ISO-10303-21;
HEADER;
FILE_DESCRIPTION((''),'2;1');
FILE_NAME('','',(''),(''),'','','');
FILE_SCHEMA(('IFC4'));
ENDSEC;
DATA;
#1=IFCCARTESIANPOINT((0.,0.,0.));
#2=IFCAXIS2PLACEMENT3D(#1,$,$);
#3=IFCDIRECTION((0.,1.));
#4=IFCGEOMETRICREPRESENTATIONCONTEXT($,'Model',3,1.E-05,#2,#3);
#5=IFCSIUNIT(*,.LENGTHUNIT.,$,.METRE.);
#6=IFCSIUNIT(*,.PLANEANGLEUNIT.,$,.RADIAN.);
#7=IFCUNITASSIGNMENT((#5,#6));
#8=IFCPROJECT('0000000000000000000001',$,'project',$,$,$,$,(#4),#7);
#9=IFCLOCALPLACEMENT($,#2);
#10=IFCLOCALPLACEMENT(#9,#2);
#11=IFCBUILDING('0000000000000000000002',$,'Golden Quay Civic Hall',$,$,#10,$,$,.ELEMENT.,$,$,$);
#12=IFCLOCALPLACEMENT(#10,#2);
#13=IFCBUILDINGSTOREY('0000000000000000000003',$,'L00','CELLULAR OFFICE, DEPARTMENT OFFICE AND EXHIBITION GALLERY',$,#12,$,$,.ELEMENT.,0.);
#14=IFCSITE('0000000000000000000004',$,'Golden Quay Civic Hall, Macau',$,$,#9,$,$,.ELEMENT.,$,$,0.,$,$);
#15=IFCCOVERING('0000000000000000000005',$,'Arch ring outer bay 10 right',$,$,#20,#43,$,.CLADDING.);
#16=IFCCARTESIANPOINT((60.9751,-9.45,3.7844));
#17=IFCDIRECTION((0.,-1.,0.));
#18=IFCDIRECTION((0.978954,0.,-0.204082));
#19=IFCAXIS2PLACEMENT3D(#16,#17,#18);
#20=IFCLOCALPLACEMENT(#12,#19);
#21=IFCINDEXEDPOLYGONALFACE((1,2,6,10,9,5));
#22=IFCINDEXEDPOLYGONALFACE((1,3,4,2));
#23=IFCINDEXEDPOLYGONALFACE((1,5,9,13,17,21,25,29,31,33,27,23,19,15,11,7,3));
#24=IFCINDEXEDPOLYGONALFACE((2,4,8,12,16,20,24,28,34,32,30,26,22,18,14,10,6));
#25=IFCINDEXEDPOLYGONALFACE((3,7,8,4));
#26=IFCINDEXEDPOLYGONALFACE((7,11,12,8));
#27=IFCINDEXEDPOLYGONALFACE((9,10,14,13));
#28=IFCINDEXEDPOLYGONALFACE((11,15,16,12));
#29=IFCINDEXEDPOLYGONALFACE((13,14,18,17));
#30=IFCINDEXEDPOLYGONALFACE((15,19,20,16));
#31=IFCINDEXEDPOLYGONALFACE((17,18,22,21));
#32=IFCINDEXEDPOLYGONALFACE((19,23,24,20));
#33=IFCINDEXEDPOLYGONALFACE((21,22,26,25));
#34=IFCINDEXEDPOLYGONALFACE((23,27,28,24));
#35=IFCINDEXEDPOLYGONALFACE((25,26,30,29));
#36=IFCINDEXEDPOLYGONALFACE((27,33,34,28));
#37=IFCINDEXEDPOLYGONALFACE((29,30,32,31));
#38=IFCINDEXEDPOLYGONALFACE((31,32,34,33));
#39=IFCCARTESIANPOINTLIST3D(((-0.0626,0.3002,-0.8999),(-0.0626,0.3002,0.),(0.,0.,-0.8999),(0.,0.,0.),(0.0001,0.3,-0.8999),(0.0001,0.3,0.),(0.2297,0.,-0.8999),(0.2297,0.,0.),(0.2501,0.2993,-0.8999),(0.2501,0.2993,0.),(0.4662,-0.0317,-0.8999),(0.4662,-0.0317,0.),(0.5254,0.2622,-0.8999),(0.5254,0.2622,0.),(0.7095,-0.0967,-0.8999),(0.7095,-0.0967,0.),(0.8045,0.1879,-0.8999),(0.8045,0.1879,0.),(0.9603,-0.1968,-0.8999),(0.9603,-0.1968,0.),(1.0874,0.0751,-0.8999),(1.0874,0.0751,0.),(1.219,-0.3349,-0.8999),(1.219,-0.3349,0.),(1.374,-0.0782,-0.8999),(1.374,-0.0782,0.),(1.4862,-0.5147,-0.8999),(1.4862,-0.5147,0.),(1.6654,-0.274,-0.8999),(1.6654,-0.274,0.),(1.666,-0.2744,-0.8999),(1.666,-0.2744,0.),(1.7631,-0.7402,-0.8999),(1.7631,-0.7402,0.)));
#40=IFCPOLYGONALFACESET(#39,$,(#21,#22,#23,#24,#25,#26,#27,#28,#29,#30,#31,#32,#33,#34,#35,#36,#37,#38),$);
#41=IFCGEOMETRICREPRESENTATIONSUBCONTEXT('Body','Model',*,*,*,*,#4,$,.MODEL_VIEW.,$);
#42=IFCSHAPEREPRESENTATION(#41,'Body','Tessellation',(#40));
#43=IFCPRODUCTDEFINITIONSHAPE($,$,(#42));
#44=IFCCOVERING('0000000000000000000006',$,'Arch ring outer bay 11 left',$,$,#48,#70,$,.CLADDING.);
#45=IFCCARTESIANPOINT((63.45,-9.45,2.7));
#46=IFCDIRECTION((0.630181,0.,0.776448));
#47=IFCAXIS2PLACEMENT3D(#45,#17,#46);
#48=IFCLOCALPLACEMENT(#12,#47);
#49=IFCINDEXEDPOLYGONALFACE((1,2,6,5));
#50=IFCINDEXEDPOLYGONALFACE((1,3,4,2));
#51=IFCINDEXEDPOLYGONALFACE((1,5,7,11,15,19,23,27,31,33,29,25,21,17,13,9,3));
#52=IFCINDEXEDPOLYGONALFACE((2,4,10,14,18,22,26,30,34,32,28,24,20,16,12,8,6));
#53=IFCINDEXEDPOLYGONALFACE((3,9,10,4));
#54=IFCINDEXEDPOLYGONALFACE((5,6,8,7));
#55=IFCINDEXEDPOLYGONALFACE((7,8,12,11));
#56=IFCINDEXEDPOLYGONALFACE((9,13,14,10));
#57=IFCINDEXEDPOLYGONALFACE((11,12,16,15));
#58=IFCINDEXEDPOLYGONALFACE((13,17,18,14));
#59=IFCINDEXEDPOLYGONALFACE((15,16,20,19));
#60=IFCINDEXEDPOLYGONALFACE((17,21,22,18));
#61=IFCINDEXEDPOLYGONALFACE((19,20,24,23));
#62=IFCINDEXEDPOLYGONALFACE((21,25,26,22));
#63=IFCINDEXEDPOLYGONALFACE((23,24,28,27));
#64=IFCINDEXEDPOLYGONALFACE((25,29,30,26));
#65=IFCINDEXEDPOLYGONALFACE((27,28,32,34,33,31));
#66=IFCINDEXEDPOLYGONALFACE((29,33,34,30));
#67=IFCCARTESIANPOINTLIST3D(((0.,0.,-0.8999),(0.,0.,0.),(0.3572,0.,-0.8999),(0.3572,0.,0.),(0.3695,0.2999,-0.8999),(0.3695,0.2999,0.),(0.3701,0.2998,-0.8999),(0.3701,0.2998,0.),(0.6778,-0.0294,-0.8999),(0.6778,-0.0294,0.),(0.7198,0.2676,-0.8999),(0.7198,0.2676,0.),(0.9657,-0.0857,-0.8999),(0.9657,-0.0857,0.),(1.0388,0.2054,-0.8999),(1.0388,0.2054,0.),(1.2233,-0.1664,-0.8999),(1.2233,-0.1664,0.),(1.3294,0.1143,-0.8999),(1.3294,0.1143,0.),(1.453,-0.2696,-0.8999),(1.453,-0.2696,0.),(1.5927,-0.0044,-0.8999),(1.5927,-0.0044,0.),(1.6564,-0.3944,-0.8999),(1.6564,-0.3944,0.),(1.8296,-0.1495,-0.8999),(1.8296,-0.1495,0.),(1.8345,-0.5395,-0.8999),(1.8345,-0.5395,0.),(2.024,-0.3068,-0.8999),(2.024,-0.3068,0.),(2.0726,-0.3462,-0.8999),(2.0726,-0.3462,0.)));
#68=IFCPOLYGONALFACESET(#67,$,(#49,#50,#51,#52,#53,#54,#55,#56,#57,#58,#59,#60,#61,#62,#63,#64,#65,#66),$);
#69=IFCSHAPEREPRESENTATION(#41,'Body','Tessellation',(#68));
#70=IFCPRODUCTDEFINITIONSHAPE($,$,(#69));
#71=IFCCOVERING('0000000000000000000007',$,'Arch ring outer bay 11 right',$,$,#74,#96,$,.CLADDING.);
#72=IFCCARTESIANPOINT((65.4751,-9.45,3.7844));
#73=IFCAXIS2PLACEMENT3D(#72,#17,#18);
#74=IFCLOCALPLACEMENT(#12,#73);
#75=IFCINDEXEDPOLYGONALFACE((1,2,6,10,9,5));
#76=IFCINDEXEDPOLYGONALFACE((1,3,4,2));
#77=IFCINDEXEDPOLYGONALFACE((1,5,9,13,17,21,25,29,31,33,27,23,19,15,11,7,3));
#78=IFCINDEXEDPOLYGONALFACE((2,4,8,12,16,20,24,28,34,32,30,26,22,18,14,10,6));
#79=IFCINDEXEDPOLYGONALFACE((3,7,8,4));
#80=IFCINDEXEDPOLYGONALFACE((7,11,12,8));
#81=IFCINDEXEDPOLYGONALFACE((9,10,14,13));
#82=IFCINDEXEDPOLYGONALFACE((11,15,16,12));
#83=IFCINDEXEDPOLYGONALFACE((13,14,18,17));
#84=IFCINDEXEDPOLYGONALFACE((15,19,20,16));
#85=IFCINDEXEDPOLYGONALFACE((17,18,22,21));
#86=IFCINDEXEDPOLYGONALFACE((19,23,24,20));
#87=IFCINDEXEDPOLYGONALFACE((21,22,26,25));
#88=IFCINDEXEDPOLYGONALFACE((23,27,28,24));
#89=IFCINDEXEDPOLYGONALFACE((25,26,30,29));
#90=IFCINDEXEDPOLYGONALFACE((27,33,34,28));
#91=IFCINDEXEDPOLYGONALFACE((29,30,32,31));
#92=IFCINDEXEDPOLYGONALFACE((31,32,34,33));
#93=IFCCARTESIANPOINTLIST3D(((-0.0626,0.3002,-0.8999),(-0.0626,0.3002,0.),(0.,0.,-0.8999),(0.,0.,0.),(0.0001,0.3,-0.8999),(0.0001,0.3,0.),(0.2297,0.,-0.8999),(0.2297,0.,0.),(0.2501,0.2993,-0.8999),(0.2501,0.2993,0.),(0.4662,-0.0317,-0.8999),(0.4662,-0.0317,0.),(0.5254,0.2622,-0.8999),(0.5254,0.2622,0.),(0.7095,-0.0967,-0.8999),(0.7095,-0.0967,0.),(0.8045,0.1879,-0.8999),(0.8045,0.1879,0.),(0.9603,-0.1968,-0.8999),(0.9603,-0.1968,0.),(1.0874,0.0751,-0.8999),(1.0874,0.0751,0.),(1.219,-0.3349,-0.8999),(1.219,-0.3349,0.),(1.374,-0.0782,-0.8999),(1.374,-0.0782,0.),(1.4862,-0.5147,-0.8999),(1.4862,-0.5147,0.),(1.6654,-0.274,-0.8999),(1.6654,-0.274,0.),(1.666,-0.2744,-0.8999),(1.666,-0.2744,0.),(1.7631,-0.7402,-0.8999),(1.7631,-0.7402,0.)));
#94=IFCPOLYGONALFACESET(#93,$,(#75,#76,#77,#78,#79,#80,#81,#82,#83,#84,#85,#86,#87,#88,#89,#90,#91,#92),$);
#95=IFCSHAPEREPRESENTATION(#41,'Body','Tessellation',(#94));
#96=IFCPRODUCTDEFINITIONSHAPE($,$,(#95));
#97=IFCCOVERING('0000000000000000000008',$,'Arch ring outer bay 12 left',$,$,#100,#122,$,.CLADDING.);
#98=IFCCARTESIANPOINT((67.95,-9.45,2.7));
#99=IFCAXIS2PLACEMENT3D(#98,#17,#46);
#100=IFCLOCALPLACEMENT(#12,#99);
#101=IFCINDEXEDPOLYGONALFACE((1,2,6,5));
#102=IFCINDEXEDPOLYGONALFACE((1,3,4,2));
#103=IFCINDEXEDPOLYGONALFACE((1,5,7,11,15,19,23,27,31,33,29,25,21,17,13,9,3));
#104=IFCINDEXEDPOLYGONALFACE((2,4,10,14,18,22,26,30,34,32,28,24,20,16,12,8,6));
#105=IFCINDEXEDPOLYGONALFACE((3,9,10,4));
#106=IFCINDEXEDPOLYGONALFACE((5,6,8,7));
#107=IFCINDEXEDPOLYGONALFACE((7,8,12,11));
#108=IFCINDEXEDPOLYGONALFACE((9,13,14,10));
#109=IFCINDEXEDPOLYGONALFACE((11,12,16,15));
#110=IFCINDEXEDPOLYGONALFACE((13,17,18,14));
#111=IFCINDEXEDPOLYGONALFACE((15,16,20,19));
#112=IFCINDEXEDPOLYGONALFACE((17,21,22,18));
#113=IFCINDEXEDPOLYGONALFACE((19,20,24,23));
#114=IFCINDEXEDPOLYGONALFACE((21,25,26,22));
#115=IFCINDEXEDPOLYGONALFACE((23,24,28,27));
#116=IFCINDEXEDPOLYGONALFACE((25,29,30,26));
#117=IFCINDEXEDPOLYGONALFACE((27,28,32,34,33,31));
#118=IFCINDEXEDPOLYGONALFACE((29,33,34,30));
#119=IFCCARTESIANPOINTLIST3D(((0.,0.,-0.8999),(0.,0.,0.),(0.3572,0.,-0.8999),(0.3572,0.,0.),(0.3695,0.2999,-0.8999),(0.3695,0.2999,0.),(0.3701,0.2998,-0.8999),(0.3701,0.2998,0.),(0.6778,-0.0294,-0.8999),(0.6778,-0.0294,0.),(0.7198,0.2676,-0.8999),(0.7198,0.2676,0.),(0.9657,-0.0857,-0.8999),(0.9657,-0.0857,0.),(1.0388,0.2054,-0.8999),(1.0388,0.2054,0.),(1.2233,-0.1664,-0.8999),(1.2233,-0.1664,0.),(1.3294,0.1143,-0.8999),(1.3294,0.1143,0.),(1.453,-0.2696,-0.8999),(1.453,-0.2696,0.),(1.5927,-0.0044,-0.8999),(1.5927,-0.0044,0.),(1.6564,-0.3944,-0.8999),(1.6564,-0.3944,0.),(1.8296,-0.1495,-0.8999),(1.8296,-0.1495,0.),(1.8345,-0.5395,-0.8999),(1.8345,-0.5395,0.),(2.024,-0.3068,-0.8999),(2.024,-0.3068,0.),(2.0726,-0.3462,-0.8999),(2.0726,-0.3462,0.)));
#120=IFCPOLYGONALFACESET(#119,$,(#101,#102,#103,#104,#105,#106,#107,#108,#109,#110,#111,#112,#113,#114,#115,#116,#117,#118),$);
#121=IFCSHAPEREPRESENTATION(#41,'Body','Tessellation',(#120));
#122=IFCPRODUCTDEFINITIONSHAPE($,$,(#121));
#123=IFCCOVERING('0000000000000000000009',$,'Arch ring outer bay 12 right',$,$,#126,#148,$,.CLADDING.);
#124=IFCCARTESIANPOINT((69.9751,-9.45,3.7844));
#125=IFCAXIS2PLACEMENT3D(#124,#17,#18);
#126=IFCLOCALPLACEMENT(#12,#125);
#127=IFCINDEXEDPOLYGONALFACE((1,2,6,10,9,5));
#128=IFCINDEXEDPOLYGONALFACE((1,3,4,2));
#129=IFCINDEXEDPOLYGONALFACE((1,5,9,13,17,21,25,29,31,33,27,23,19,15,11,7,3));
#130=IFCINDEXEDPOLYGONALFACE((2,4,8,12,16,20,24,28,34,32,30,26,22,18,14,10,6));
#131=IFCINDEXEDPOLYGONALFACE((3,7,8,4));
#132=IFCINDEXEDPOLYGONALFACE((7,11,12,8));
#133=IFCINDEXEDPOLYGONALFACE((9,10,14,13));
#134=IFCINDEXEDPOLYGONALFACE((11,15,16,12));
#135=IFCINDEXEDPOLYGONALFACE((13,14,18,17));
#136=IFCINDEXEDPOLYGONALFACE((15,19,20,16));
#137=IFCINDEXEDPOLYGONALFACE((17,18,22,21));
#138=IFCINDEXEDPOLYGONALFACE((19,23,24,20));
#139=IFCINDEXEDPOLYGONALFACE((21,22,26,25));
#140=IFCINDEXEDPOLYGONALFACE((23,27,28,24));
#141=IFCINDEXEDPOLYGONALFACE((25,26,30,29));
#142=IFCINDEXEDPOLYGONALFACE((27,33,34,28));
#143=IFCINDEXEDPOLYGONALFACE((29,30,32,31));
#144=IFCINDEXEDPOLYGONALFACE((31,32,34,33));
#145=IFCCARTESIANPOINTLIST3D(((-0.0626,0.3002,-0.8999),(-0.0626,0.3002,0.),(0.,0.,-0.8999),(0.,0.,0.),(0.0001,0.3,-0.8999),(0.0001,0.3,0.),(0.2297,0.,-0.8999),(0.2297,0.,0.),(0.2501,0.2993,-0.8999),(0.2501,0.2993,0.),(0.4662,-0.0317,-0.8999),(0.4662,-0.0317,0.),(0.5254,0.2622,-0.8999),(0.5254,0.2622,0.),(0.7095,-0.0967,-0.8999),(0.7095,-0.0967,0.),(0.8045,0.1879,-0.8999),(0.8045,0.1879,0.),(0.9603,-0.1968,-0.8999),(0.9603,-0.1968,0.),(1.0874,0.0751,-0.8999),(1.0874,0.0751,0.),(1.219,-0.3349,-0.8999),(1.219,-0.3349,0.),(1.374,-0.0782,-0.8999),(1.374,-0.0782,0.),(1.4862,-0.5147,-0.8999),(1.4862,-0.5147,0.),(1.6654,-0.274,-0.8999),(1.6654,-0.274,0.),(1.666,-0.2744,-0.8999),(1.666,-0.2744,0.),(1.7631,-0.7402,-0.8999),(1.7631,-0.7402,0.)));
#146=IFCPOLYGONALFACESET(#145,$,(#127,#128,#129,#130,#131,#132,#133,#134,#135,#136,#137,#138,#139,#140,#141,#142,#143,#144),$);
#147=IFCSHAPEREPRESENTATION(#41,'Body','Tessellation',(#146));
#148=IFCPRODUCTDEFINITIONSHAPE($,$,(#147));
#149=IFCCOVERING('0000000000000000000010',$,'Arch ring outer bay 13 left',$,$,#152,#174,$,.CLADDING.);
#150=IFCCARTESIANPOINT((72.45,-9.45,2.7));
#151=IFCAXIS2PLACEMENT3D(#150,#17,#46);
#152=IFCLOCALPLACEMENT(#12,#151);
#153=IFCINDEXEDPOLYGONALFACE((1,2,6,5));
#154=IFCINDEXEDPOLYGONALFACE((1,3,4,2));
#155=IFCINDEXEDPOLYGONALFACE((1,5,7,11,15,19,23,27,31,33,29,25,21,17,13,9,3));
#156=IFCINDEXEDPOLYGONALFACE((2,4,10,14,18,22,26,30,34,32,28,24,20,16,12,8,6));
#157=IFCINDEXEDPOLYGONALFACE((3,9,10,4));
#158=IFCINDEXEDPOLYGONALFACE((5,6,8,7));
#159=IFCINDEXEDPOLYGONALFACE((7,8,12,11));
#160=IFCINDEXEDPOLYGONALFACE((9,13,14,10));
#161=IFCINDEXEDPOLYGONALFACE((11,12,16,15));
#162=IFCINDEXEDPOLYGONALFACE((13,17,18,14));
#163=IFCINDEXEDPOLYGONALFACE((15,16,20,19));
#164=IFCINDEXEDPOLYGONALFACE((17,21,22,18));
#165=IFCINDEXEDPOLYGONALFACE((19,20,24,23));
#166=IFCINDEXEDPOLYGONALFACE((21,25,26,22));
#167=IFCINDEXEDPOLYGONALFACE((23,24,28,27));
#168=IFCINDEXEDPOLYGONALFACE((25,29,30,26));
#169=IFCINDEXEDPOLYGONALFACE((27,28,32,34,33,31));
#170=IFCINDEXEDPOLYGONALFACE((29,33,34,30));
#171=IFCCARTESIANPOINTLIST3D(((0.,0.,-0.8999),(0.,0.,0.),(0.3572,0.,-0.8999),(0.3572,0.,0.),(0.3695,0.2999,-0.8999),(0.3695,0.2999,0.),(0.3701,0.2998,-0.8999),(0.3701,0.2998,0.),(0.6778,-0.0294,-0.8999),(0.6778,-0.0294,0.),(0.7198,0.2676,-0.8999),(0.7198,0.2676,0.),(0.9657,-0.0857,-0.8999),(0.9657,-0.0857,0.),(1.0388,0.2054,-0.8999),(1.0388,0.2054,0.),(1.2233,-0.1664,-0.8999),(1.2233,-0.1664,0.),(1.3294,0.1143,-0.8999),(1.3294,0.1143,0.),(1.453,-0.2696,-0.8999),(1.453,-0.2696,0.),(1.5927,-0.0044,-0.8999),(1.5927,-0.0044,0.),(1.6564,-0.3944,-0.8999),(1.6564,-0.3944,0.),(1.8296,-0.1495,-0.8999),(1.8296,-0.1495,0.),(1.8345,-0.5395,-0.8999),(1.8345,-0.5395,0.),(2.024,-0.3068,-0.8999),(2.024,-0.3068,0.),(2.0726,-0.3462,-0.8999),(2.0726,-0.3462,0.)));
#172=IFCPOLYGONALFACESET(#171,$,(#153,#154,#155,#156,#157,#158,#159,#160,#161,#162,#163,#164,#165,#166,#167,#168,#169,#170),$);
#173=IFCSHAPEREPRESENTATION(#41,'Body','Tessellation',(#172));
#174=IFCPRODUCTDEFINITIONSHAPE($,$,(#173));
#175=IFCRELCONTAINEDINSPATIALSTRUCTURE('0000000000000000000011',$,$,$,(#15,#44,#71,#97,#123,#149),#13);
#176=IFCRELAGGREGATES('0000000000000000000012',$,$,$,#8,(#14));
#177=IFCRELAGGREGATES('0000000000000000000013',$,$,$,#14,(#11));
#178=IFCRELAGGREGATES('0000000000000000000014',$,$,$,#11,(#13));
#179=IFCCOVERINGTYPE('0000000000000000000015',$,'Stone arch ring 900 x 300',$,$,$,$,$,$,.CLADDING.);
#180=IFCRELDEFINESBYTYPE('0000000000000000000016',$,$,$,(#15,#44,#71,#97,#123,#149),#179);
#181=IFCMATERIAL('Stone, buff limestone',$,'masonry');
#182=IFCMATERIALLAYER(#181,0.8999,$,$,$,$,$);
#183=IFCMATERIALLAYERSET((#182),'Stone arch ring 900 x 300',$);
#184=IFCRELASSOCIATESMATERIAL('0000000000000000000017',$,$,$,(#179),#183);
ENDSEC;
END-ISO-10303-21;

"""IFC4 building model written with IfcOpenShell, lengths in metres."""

from ifc_helpers import new_model, si_unit, direction, frame, origin, place, context, subcontext, project, spatial, polyline, outline, extrude, material, layer, layer_set, type_object, element, save


model = new_model("IFC4")

# Units and contexts
model_context = context("Model", 3, precision=1e-05, world=origin(), true_north=direction((0.0, 1.0)))
body_context = subcontext(model_context, "Body", "Model", "MODEL_VIEW")
ifc_project = project(units=[si_unit("LENGTHUNIT", "METRE"), si_unit("PLANEANGLEUNIT", "RADIAN")], contexts=[model_context])

# Site, building, storey
site_placement = place(None, origin())
site = spatial("IfcSite", under=ifc_project, at=site_placement, Name="Golden Quay Civic Hall, Macau", CompositionType="ELEMENT", RefElevation=0.0)
building_placement = place(site_placement, origin())
building = spatial("IfcBuilding", under=site, at=building_placement, Name="Golden Quay Civic Hall", CompositionType="ELEMENT")
storey_placement = place(building_placement, origin())
storey = spatial("IfcBuildingStorey", under=building, at=storey_placement, Name="L00", Description="CELLULAR OFFICE, DEPARTMENT OFFICE AND EXHIBITION GALLERY", CompositionType="ELEMENT", Elevation=0.0)

# Coverings
ifc_material_1 = material(Name="Stone, buff limestone", Category="masonry")
ifc_layer_1 = layer(ifc_material_1, 0.8999)
ifc_layer_set_1 = layer_set([ifc_layer_1], Name="Stone arch ring 900 x 300")
covering_type_1 = type_object("IfcCoveringType", Name="Stone arch ring 900 x 300", PredefinedType="CLADDING", material=ifc_layer_set_1)
covering_1_placement = place(storey_placement, frame((60.9751, -9.45, 3.7844), z_axis=(0.0, -1.0, 0.0), x_axis=(0.978954, 0.0, -0.204082)))
element("IfcCovering", 1, at=covering_1_placement, inside=storey, type_object=covering_type_1, Name="Arch ring outer bay 10 right", PredefinedType="CLADDING", context=body_context, shape_type="SweptSolid", body=[
    extrude(outline(polyline([(0.0, 0.0), (0.2297, 0.0), (0.4662, -0.0317), (0.7095, -0.0967), (0.9603, -0.1968), (1.219, -0.3349), (1.4862, -0.5147), (1.7631, -0.7402), (1.666, -0.2744), (1.6654, -0.274), (1.374, -0.0782), (1.0874, 0.0751), (0.8045, 0.1879), (0.5254, 0.2622), (0.2501, 0.2993), (0.0001, 0.3), (-0.0626, 0.3002), (0.0, 0.0)])), origin(), (0.0, 0.0, -1.0), 0.8999),
])
covering_2_placement = place(storey_placement, frame((63.45, -9.45, 2.7), z_axis=(0.0, -1.0, 0.0), x_axis=(0.630181, 0.0, 0.776448)))
element("IfcCovering", 2, at=covering_2_placement, inside=storey, type_object=covering_type_1, Name="Arch ring outer bay 11 left", PredefinedType="CLADDING", context=body_context, shape_type="SweptSolid", body=[
    extrude(outline(polyline([(0.0, 0.0), (0.3572, 0.0), (0.6778, -0.0294), (0.9657, -0.0857), (1.2233, -0.1664), (1.453, -0.2696), (1.6564, -0.3944), (1.8345, -0.5395), (2.0726, -0.3462), (2.024, -0.3068), (1.8296, -0.1495), (1.5927, -0.0044), (1.3294, 0.1143), (1.0388, 0.2054), (0.7198, 0.2676), (0.3701, 0.2998), (0.3695, 0.2999), (0.0, 0.0)])), origin(), (0.0, 0.0, -1.0), 0.8999),
])
covering_3_placement = place(storey_placement, frame((65.4751, -9.45, 3.7844), z_axis=(0.0, -1.0, 0.0), x_axis=(0.978954, 0.0, -0.204082)))
element("IfcCovering", 3, at=covering_3_placement, inside=storey, type_object=covering_type_1, Name="Arch ring outer bay 11 right", PredefinedType="CLADDING", context=body_context, shape_type="SweptSolid", body=[
    extrude(outline(polyline([(0.0, 0.0), (0.2297, 0.0), (0.4662, -0.0317), (0.7095, -0.0967), (0.9603, -0.1968), (1.219, -0.3349), (1.4862, -0.5147), (1.7631, -0.7402), (1.666, -0.2744), (1.6654, -0.274), (1.374, -0.0782), (1.0874, 0.0751), (0.8045, 0.1879), (0.5254, 0.2622), (0.2501, 0.2993), (0.0001, 0.3), (-0.0626, 0.3002), (0.0, 0.0)])), origin(), (0.0, 0.0, -1.0), 0.8999),
])
covering_4_placement = place(storey_placement, frame((67.95, -9.45, 2.7), z_axis=(0.0, -1.0, 0.0), x_axis=(0.630181, 0.0, 0.776448)))
element("IfcCovering", 4, at=covering_4_placement, inside=storey, type_object=covering_type_1, Name="Arch ring outer bay 12 left", PredefinedType="CLADDING", context=body_context, shape_type="SweptSolid", body=[
    extrude(outline(polyline([(0.0, 0.0), (0.3572, 0.0), (0.6778, -0.0294), (0.9657, -0.0857), (1.2233, -0.1664), (1.453, -0.2696), (1.6564, -0.3944), (1.8345, -0.5395), (2.0726, -0.3462), (2.024, -0.3068), (1.8296, -0.1495), (1.5927, -0.0044), (1.3294, 0.1143), (1.0388, 0.2054), (0.7198, 0.2676), (0.3701, 0.2998), (0.3695, 0.2999), (0.0, 0.0)])), origin(), (0.0, 0.0, -1.0), 0.8999),
])
covering_5_placement = place(storey_placement, frame((69.9751, -9.45, 3.7844), z_axis=(0.0, -1.0, 0.0), x_axis=(0.978954, 0.0, -0.204082)))
element("IfcCovering", 5, at=covering_5_placement, inside=storey, type_object=covering_type_1, Name="Arch ring outer bay 12 right", PredefinedType="CLADDING", context=body_context, shape_type="SweptSolid", body=[
    extrude(outline(polyline([(0.0, 0.0), (0.2297, 0.0), (0.4662, -0.0317), (0.7095, -0.0967), (0.9603, -0.1968), (1.219, -0.3349), (1.4862, -0.5147), (1.7631, -0.7402), (1.666, -0.2744), (1.6654, -0.274), (1.374, -0.0782), (1.0874, 0.0751), (0.8045, 0.1879), (0.5254, 0.2622), (0.2501, 0.2993), (0.0001, 0.3), (-0.0626, 0.3002), (0.0, 0.0)])), origin(), (0.0, 0.0, -1.0), 0.8999),
])
covering_6_placement = place(storey_placement, frame((72.45, -9.45, 2.7), z_axis=(0.0, -1.0, 0.0), x_axis=(0.630181, 0.0, 0.776448)))
element("IfcCovering", 6, at=covering_6_placement, inside=storey, type_object=covering_type_1, Name="Arch ring outer bay 13 left", PredefinedType="CLADDING", context=body_context, shape_type="SweptSolid", body=[
    extrude(outline(polyline([(0.0, 0.0), (0.3572, 0.0), (0.6778, -0.0294), (0.9657, -0.0857), (1.2233, -0.1664), (1.453, -0.2696), (1.6564, -0.3944), (1.8345, -0.5395), (2.0726, -0.3462), (2.024, -0.3068), (1.8296, -0.1495), (1.5927, -0.0044), (1.3294, 0.1143), (1.0388, 0.2054), (0.7198, 0.2676), (0.3701, 0.2998), (0.3695, 0.2999), (0.0, 0.0)])), origin(), (0.0, 0.0, -1.0), 0.8999),
])

save(model, "model.ifc")
